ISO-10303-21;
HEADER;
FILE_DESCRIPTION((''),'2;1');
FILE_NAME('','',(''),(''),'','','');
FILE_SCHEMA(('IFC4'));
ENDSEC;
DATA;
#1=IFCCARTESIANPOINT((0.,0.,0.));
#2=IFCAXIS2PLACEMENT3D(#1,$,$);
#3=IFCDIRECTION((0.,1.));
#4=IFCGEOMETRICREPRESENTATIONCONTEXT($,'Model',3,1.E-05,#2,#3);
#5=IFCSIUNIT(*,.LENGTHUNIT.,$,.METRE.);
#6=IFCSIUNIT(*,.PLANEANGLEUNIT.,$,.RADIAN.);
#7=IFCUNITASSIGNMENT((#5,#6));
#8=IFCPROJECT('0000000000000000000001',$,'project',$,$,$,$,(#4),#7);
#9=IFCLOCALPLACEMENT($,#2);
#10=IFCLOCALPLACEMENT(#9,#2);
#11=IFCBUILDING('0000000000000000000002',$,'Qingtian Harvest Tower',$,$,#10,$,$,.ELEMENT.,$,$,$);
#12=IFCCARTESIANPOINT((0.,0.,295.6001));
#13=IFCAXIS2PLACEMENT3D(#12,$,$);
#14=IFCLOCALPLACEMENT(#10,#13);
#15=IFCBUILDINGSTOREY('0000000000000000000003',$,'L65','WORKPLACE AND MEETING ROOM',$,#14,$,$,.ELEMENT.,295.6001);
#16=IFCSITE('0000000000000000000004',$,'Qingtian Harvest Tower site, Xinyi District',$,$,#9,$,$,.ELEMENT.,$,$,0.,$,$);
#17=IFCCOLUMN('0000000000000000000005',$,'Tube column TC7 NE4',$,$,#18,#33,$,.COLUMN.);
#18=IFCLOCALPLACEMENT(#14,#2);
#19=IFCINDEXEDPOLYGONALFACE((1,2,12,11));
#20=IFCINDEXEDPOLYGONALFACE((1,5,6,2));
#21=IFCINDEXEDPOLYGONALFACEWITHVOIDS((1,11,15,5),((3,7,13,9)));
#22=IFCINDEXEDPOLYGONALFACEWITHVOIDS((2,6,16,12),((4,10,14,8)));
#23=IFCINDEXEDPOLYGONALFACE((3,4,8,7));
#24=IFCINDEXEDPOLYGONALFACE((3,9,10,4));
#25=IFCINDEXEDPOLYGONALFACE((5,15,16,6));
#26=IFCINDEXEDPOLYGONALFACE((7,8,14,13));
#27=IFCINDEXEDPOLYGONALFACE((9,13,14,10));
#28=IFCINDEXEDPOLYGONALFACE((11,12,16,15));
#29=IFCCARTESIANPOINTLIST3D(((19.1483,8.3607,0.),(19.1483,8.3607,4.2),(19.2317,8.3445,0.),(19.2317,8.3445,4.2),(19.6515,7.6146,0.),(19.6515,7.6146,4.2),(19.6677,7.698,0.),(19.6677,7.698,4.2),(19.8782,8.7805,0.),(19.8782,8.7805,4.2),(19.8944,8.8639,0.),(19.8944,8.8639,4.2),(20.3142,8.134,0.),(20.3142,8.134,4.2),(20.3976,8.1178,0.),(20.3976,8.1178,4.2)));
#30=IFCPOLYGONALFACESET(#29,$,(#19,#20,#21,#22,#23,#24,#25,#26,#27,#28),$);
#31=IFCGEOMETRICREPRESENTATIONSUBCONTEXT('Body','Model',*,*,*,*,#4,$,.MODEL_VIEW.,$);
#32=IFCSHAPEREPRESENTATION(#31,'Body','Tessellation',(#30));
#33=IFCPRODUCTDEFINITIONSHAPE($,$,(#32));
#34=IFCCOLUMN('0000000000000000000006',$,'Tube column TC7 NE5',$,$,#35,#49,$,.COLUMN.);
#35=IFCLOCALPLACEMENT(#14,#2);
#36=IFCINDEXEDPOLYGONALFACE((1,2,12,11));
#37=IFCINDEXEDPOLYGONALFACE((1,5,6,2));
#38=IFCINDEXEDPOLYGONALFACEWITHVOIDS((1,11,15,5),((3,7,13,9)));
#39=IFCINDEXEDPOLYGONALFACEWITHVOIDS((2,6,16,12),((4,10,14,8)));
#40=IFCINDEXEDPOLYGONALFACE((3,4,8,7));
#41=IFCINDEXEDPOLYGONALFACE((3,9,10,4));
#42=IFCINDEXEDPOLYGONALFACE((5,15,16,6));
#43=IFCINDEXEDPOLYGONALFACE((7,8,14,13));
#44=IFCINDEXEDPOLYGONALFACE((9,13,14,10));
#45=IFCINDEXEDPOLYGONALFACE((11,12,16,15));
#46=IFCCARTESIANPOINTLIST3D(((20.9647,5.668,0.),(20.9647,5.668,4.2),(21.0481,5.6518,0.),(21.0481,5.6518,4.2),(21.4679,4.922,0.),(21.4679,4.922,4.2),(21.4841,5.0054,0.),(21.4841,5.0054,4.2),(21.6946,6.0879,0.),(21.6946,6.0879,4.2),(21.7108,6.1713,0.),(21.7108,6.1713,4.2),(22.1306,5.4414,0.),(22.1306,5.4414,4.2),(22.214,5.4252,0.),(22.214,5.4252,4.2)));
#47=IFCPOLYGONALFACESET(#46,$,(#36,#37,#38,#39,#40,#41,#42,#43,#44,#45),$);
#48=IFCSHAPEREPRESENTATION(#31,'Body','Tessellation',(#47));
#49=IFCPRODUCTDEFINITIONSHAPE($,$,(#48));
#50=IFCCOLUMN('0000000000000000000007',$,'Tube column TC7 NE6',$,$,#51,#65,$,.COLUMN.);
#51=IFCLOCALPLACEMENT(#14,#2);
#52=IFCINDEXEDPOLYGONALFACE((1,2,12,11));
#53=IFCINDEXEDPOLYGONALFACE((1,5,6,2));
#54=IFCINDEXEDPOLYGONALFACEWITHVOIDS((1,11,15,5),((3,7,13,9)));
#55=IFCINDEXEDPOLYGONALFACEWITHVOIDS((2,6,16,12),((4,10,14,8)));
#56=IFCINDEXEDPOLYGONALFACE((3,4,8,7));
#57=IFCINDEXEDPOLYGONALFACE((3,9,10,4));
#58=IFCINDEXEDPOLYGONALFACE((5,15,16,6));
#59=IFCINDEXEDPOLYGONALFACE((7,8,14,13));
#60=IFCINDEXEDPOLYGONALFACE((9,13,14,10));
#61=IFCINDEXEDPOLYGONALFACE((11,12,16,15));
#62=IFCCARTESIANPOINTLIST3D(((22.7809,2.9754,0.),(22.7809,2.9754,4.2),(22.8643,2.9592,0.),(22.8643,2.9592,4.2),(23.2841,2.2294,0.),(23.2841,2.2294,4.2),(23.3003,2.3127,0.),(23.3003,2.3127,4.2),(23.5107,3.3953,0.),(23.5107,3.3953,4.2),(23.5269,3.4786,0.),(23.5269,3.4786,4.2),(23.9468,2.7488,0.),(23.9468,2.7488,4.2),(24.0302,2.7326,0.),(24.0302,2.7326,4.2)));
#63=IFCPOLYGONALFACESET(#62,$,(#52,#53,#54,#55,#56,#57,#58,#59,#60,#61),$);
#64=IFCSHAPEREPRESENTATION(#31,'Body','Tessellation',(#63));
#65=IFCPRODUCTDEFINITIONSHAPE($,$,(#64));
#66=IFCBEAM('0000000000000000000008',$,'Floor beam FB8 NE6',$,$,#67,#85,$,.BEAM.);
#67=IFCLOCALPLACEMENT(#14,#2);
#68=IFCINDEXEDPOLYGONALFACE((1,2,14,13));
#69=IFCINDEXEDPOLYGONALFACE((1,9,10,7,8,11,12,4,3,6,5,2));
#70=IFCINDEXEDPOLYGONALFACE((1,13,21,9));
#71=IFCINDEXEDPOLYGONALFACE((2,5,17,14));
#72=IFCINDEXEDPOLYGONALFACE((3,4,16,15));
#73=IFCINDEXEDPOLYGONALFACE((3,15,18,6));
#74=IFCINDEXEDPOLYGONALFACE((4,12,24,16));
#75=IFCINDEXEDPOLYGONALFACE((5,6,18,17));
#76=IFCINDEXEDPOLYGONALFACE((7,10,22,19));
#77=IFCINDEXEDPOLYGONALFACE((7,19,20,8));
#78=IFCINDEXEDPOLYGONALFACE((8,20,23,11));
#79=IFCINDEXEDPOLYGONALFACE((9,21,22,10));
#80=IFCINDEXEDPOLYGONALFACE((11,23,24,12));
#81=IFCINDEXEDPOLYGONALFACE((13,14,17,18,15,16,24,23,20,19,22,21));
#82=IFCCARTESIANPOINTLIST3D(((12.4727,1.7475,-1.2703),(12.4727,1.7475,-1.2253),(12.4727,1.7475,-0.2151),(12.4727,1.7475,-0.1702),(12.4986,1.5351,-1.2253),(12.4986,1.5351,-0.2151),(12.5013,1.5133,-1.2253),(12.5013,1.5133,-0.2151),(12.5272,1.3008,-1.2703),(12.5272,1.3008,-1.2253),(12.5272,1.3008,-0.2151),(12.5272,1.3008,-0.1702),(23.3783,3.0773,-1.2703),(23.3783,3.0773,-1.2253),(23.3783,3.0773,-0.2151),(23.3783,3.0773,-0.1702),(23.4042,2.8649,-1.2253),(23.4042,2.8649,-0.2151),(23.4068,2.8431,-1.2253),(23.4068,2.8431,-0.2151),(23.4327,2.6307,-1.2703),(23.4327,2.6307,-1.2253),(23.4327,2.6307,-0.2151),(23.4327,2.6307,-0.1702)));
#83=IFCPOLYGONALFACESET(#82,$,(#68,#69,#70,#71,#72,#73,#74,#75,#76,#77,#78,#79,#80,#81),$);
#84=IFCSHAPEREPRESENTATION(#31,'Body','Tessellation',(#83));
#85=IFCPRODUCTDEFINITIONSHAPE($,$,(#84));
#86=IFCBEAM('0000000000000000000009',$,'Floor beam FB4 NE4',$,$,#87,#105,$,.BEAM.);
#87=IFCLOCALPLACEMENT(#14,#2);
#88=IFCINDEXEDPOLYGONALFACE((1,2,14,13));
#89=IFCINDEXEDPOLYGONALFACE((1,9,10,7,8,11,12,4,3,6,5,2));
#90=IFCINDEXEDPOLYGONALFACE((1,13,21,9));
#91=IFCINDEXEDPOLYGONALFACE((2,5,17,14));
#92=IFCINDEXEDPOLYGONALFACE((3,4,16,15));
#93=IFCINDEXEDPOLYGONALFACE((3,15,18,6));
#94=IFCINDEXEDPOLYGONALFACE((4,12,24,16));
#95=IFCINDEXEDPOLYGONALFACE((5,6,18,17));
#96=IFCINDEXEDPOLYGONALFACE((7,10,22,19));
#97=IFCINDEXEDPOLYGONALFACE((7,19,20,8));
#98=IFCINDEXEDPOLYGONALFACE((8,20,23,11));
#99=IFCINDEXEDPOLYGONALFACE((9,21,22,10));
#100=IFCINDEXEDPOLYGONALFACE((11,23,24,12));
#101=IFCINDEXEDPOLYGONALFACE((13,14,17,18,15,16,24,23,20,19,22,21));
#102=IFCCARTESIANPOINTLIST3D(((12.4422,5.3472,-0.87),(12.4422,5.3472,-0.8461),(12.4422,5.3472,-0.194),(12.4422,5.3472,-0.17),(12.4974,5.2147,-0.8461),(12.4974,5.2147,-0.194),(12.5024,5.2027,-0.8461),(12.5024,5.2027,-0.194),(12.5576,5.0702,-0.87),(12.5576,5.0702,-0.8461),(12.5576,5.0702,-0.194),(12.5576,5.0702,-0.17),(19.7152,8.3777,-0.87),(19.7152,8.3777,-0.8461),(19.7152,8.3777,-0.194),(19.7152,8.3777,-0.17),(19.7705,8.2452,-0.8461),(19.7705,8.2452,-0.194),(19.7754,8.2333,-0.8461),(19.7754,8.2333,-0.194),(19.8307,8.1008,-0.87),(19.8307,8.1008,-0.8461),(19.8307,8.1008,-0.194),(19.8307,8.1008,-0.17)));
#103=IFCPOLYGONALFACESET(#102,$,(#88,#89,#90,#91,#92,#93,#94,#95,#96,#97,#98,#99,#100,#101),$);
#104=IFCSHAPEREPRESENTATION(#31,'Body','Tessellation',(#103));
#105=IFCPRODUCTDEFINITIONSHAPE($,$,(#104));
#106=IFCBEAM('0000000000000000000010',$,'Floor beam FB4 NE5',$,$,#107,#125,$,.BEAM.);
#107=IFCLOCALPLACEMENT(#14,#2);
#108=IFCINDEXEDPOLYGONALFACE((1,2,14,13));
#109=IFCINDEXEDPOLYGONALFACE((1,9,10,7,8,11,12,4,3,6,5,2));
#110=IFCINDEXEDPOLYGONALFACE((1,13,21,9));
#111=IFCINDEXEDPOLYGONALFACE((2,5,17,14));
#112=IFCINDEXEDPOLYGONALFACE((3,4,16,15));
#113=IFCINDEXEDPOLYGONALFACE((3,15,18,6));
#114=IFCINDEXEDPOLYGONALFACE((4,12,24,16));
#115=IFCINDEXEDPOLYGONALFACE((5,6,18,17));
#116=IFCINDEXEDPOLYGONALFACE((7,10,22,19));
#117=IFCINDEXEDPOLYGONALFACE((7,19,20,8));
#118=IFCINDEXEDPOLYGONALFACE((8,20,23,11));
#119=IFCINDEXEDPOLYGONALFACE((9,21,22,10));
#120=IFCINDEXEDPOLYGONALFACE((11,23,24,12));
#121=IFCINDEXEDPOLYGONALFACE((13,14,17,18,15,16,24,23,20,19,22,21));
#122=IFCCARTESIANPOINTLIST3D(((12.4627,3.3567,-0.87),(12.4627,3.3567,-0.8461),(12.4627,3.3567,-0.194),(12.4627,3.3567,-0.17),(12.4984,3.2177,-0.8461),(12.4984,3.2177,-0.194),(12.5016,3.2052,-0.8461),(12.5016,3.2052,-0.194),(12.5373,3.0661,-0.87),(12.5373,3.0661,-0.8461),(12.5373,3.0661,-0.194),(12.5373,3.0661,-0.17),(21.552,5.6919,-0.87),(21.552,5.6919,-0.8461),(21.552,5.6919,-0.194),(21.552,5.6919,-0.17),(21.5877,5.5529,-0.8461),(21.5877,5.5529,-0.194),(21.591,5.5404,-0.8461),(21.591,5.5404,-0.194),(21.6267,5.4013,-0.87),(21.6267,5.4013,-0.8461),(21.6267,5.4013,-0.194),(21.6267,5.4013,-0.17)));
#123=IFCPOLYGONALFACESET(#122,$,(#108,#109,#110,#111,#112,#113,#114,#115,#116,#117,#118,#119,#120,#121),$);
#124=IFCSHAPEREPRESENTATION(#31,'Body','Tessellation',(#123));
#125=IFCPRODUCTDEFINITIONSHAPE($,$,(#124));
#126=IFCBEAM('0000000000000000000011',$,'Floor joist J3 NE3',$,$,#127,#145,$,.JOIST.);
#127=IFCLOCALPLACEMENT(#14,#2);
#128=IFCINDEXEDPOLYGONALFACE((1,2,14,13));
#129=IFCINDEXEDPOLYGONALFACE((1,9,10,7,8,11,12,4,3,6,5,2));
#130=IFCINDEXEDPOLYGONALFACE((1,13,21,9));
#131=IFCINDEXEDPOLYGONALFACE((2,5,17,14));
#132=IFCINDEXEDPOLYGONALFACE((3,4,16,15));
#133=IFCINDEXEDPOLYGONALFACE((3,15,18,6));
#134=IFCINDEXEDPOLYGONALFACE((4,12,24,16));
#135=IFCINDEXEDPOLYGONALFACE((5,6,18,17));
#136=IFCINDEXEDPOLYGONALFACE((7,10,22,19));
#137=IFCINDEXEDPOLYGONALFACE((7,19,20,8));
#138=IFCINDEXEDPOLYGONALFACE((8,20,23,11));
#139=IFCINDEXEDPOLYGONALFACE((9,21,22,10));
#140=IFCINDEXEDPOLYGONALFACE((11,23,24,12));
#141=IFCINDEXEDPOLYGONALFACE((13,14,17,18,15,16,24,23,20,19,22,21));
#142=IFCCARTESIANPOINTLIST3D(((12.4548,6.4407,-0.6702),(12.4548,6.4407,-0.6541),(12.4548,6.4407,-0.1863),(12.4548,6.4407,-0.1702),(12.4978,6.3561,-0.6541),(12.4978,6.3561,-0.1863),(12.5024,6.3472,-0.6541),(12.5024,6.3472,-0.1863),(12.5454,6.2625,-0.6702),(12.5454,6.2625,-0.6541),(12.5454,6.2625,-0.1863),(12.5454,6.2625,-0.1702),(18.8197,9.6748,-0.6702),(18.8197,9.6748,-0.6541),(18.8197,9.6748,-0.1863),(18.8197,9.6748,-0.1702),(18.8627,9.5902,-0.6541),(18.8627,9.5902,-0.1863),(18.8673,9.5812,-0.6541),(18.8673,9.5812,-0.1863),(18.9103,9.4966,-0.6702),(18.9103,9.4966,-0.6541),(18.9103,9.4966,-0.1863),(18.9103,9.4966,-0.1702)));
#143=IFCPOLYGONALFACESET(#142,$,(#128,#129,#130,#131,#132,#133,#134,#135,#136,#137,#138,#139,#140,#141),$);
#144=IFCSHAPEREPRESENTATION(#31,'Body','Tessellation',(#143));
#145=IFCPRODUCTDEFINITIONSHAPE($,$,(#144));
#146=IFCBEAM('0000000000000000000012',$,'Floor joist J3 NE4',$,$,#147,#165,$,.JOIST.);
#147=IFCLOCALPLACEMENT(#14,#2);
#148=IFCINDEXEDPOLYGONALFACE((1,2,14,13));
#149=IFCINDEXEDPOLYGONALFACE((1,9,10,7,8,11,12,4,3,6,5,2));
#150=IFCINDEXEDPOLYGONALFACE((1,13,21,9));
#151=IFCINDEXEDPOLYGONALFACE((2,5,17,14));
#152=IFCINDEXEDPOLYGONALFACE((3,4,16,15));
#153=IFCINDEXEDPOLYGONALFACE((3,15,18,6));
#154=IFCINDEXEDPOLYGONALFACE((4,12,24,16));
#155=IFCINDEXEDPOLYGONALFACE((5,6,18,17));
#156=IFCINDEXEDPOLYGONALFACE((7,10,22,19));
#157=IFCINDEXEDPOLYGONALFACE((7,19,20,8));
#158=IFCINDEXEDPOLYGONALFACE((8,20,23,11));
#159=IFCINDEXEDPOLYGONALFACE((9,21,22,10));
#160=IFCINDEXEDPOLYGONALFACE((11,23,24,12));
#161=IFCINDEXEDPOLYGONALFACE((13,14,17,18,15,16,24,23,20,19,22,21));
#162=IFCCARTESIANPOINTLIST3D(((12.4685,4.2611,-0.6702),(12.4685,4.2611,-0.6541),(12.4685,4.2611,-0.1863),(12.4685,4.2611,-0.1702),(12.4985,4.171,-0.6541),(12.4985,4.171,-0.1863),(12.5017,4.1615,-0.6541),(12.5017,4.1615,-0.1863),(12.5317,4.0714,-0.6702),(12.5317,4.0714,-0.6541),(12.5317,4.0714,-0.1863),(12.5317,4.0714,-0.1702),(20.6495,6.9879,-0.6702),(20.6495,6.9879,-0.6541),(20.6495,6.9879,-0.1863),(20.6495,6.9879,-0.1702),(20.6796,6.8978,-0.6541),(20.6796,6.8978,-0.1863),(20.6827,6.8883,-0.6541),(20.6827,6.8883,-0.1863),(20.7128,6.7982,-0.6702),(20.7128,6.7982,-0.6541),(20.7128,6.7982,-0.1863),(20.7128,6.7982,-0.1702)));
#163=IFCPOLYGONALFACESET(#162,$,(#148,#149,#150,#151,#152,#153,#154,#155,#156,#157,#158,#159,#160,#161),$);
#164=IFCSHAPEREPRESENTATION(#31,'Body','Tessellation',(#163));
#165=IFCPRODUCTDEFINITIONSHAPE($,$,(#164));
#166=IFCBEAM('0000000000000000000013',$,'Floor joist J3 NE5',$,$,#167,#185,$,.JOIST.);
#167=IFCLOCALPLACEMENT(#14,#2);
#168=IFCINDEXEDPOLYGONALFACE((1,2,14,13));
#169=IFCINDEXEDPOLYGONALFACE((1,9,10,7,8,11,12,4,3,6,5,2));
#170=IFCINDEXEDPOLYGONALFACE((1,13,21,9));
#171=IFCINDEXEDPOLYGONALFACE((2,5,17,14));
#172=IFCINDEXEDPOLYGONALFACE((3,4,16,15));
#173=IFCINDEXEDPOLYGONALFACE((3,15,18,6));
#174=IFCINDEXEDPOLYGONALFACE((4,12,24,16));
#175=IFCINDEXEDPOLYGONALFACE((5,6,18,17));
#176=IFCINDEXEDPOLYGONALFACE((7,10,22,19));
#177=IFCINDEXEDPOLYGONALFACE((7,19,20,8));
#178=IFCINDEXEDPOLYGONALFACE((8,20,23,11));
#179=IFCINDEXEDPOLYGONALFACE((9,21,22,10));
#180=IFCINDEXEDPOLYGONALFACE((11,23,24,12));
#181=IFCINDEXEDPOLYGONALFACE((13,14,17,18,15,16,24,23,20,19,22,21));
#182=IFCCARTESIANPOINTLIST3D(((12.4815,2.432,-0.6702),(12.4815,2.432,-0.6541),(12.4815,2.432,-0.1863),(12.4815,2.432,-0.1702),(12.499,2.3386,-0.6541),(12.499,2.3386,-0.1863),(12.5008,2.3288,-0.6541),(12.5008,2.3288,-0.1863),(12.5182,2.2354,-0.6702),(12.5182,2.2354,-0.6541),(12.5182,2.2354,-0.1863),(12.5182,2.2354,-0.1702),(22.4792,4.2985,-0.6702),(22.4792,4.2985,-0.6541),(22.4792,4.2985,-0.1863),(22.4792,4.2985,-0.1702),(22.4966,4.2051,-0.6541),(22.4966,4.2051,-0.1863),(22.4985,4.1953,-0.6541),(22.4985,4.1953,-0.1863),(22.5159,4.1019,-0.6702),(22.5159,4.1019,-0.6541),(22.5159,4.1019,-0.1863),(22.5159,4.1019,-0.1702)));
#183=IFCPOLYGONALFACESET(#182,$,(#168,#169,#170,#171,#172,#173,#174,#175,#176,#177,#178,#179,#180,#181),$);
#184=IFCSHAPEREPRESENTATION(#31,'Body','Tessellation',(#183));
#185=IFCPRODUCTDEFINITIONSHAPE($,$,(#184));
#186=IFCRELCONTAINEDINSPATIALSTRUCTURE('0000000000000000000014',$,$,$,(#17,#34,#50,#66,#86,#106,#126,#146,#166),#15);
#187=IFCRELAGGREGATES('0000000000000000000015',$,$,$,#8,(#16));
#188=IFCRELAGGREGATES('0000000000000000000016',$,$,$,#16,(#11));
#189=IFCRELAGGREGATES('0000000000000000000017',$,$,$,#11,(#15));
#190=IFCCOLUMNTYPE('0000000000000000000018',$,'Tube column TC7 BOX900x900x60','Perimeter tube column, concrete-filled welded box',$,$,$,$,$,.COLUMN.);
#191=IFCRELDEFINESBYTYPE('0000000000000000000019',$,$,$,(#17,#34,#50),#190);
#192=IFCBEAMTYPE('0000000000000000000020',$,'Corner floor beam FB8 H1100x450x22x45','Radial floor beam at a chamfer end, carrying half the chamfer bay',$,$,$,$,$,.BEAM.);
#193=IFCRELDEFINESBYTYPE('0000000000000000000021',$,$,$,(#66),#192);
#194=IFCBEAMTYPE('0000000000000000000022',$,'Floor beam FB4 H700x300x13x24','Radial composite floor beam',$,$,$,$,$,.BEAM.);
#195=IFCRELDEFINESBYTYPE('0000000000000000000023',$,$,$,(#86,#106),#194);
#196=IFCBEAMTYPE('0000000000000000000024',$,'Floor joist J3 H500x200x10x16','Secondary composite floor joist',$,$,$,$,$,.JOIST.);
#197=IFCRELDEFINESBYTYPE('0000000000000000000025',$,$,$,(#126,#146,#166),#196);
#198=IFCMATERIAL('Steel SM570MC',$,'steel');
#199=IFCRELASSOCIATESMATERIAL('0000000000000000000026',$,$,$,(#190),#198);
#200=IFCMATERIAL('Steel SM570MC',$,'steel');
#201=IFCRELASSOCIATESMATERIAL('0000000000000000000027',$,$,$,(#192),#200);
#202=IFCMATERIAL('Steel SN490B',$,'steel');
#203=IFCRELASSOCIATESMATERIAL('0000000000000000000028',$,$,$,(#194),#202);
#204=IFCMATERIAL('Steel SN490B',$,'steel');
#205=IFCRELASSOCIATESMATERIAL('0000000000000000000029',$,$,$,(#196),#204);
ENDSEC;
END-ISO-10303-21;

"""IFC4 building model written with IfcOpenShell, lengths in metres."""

from ifc_helpers import new_model, si_unit, direction, frame, origin, origin_2d, place, context, subcontext, project, spatial, hollow_rectangle, i_section, extrude, material, material_profile, profile_set, type_object, element, save


model = new_model("IFC4")

# Units and contexts
model_context = context("Model", 3, precision=1e-05, world=origin(), true_north=direction((0.0, 1.0)))
body_context = subcontext(model_context, "Body", "Model", "MODEL_VIEW")
ifc_project = project(units=[si_unit("LENGTHUNIT", "METRE"), si_unit("PLANEANGLEUNIT", "RADIAN")], contexts=[model_context])

# Site, building, storey
site_placement = place(None, origin())
site = spatial("IfcSite", under=ifc_project, at=site_placement, Name="Qingtian Harvest Tower site, Xinyi District", CompositionType="ELEMENT", RefElevation=0.0)
building_placement = place(site_placement, origin())
building = spatial("IfcBuilding", under=site, at=building_placement, Name="Qingtian Harvest Tower", CompositionType="ELEMENT")
storey_placement = place(building_placement, frame((0.0, 0.0, 295.6001)))
storey = spatial("IfcBuildingStorey", under=building, at=storey_placement, Name="L65", Description="WORKPLACE AND MEETING ROOM", CompositionType="ELEMENT", Elevation=295.6001)

# Columns
ifc_material_1 = material(Name="Steel SM570MC", Category="steel")
ifc_material_profile_1 = material_profile(ifc_material_1, hollow_rectangle(XDim=0.8999, YDim=0.8999, WallThickness=0.0601, at=origin_2d()), Name="BOX900x900x60")
ifc_profile_set_1 = profile_set([ifc_material_profile_1], Name="Steel SM570MC")
column_type = type_object("IfcColumnType", Name="Tube column TC7 BOX900x900x60", Description="Perimeter tube column, concrete-filled welded box", PredefinedType="COLUMN", material=ifc_profile_set_1)
for number, where, z_axis, x_axis, name in (
    (1, (19.7729, 8.2393, 0.0), (0.0, 0.0, 1.0), (-0.559193, 0.829038, 0.0), "Tube column TC7 NE4"),
    (2, (21.5894, 5.5466, 0.0), (0.0, 0.0, 1.0), (-0.559193, 0.829038, 0.0), "Tube column TC7 NE5"),
    (3, (23.4055, 2.854, 0.0), (0.0, 0.0, 1.0), (-0.559193, 0.829038, 0.0), "Tube column TC7 NE6"),
):
    element("IfcColumn", number, at=place(storey_placement, frame(where, z_axis=z_axis, x_axis=x_axis)), inside=storey, type_object=column_type, Name=name, PredefinedType="COLUMN", context=body_context, shape_type="SweptSolid", body=[
        extrude(hollow_rectangle(XDim=0.8999, YDim=0.8999, WallThickness=0.0601, at=origin_2d()), origin(), (0.0, 0.0, 1.0), 4.2),
    ])

# Beams
ifc_material_2 = material(Name="Steel SM570MC", Category="steel")
ifc_material_profile_2 = material_profile(ifc_material_2, i_section(OverallWidth=0.45, OverallDepth=1.1001, WebThickness=0.022, FlangeThickness=0.0449, at=origin_2d()), Name="H1100x450x22x45")
ifc_profile_set_2 = profile_set([ifc_material_profile_2], Name="Steel SM570MC")
beam_type_1 = type_object("IfcBeamType", Name="Corner floor beam FB8 H1100x450x22x45", Description="Radial floor beam at a chamfer end, carrying half the chamfer bay", PredefinedType="BEAM", material=ifc_profile_set_2)
beam_1_placement = place(storey_placement, frame((23.4055, 2.854, -0.7202), z_axis=(-0.992647, -0.121045, 0.0), x_axis=(0.121045, -0.992647, 0.0)))
element("IfcBeam", 4, at=beam_1_placement, inside=storey, type_object=beam_type_1, Name="Floor beam FB8 NE6", PredefinedType="BEAM", context=body_context, shape_type="SweptSolid", body=[
    extrude(i_section(OverallWidth=0.45, OverallDepth=1.1001, WebThickness=0.022, FlangeThickness=0.0449, at=origin_2d()), origin(), (0.0, 0.0, 1.0), 10.9863),
])
ifc_material_3 = material(Name="Steel SN490B", Category="steel")
ifc_material_profile_3 = material_profile(ifc_material_3, i_section(OverallWidth=0.3, OverallDepth=0.7, WebThickness=0.0129, FlangeThickness=0.0239, at=origin_2d()), Name="H700x300x13x24")
ifc_profile_set_3 = profile_set([ifc_material_profile_3], Name="Steel SN490B")
beam_type_2 = type_object("IfcBeamType", Name="Floor beam FB4 H700x300x13x24", Description="Radial composite floor beam", PredefinedType="BEAM", material=ifc_profile_set_3)
beam_2_placement = place(storey_placement, frame((19.7729, 8.2393, -0.52), z_axis=(-0.923071, -0.384629, 0.0), x_axis=(0.384629, -0.923071, 0.0)))
element("IfcBeam", 5, at=beam_2_placement, inside=storey, type_object=beam_type_2, Name="Floor beam FB4 NE4", PredefinedType="BEAM", context=body_context, shape_type="SweptSolid", body=[
    extrude(i_section(OverallWidth=0.3, OverallDepth=0.7, WebThickness=0.0129, FlangeThickness=0.0239, at=origin_2d()), origin(), (0.0, 0.0, 1.0), 7.8792),
])
beam_3_placement = place(storey_placement, frame((21.5894, 5.5466, -0.52), z_axis=(-0.968546, -0.248835, 0.0), x_axis=(0.248835, -0.968546, 0.0)))
element("IfcBeam", 6, at=beam_3_placement, inside=storey, type_object=beam_type_2, Name="Floor beam FB4 NE5", PredefinedType="BEAM", context=body_context, shape_type="SweptSolid", body=[
    extrude(i_section(OverallWidth=0.3, OverallDepth=0.7, WebThickness=0.0129, FlangeThickness=0.0239, at=origin_2d()), origin(), (0.0, 0.0, 1.0), 9.3845),
])
ifc_material_4 = material(Name="Steel SN490B", Category="steel")
ifc_material_profile_4 = material_profile(ifc_material_4, i_section(OverallWidth=0.2, OverallDepth=0.5, WebThickness=0.01, FlangeThickness=0.0161, at=origin_2d()), Name="H500x200x10x16")
ifc_profile_set_4 = profile_set([ifc_material_profile_4], Name="Steel SN490B")
beam_type_3 = type_object("IfcBeamType", Name="Floor joist J3 H500x200x10x16", Description="Secondary composite floor joist", PredefinedType="JOIST", material=ifc_profile_set_4)
beam_4_placement = place(storey_placement, frame((18.865, 9.5857, -0.4202), z_axis=(-0.891516, -0.45299, 0.0), x_axis=(0.45299, -0.891516, 0.0)))
element("IfcBeam", 7, at=beam_4_placement, inside=storey, type_object=beam_type_3, Name="Floor joist J3 NE3", PredefinedType="JOIST", context=body_context, shape_type="SweptSolid", body=[
    extrude(i_section(OverallWidth=0.2, OverallDepth=0.5, WebThickness=0.01, FlangeThickness=0.0161, at=origin_2d()), origin(), (0.0, 0.0, 1.0), 7.1394),
])
beam_5_placement = place(storey_placement, frame((20.6812, 6.8931, -0.4202), z_axis=(-0.948692, -0.316202, 0.0), x_axis=(0.316202, -0.948692, 0.0)))
element("IfcBeam", 8, at=beam_5_placement, inside=storey, type_object=beam_type_3, Name="Floor joist J3 NE4", PredefinedType="JOIST", context=body_context, shape_type="SweptSolid", body=[
    extrude(i_section(OverallWidth=0.2, OverallDepth=0.5, WebThickness=0.01, FlangeThickness=0.0161, at=origin_2d()), origin(), (0.0, 0.0, 1.0), 8.6235),
])
beam_6_placement = place(storey_placement, frame((22.4976, 4.2002, -0.4202), z_axis=(-0.983016, -0.18352, 0.0), x_axis=(0.18352, -0.983016, 0.0)))
element("IfcBeam", 9, at=beam_6_placement, inside=storey, type_object=beam_type_3, Name="Floor joist J3 NE5", PredefinedType="JOIST", context=body_context, shape_type="SweptSolid", body=[
    extrude(i_section(OverallWidth=0.2, OverallDepth=0.5, WebThickness=0.01, FlangeThickness=0.0161, at=origin_2d()), origin(), (0.0, 0.0, 1.0), 10.1704),
])

save(model, "model.ifc")
